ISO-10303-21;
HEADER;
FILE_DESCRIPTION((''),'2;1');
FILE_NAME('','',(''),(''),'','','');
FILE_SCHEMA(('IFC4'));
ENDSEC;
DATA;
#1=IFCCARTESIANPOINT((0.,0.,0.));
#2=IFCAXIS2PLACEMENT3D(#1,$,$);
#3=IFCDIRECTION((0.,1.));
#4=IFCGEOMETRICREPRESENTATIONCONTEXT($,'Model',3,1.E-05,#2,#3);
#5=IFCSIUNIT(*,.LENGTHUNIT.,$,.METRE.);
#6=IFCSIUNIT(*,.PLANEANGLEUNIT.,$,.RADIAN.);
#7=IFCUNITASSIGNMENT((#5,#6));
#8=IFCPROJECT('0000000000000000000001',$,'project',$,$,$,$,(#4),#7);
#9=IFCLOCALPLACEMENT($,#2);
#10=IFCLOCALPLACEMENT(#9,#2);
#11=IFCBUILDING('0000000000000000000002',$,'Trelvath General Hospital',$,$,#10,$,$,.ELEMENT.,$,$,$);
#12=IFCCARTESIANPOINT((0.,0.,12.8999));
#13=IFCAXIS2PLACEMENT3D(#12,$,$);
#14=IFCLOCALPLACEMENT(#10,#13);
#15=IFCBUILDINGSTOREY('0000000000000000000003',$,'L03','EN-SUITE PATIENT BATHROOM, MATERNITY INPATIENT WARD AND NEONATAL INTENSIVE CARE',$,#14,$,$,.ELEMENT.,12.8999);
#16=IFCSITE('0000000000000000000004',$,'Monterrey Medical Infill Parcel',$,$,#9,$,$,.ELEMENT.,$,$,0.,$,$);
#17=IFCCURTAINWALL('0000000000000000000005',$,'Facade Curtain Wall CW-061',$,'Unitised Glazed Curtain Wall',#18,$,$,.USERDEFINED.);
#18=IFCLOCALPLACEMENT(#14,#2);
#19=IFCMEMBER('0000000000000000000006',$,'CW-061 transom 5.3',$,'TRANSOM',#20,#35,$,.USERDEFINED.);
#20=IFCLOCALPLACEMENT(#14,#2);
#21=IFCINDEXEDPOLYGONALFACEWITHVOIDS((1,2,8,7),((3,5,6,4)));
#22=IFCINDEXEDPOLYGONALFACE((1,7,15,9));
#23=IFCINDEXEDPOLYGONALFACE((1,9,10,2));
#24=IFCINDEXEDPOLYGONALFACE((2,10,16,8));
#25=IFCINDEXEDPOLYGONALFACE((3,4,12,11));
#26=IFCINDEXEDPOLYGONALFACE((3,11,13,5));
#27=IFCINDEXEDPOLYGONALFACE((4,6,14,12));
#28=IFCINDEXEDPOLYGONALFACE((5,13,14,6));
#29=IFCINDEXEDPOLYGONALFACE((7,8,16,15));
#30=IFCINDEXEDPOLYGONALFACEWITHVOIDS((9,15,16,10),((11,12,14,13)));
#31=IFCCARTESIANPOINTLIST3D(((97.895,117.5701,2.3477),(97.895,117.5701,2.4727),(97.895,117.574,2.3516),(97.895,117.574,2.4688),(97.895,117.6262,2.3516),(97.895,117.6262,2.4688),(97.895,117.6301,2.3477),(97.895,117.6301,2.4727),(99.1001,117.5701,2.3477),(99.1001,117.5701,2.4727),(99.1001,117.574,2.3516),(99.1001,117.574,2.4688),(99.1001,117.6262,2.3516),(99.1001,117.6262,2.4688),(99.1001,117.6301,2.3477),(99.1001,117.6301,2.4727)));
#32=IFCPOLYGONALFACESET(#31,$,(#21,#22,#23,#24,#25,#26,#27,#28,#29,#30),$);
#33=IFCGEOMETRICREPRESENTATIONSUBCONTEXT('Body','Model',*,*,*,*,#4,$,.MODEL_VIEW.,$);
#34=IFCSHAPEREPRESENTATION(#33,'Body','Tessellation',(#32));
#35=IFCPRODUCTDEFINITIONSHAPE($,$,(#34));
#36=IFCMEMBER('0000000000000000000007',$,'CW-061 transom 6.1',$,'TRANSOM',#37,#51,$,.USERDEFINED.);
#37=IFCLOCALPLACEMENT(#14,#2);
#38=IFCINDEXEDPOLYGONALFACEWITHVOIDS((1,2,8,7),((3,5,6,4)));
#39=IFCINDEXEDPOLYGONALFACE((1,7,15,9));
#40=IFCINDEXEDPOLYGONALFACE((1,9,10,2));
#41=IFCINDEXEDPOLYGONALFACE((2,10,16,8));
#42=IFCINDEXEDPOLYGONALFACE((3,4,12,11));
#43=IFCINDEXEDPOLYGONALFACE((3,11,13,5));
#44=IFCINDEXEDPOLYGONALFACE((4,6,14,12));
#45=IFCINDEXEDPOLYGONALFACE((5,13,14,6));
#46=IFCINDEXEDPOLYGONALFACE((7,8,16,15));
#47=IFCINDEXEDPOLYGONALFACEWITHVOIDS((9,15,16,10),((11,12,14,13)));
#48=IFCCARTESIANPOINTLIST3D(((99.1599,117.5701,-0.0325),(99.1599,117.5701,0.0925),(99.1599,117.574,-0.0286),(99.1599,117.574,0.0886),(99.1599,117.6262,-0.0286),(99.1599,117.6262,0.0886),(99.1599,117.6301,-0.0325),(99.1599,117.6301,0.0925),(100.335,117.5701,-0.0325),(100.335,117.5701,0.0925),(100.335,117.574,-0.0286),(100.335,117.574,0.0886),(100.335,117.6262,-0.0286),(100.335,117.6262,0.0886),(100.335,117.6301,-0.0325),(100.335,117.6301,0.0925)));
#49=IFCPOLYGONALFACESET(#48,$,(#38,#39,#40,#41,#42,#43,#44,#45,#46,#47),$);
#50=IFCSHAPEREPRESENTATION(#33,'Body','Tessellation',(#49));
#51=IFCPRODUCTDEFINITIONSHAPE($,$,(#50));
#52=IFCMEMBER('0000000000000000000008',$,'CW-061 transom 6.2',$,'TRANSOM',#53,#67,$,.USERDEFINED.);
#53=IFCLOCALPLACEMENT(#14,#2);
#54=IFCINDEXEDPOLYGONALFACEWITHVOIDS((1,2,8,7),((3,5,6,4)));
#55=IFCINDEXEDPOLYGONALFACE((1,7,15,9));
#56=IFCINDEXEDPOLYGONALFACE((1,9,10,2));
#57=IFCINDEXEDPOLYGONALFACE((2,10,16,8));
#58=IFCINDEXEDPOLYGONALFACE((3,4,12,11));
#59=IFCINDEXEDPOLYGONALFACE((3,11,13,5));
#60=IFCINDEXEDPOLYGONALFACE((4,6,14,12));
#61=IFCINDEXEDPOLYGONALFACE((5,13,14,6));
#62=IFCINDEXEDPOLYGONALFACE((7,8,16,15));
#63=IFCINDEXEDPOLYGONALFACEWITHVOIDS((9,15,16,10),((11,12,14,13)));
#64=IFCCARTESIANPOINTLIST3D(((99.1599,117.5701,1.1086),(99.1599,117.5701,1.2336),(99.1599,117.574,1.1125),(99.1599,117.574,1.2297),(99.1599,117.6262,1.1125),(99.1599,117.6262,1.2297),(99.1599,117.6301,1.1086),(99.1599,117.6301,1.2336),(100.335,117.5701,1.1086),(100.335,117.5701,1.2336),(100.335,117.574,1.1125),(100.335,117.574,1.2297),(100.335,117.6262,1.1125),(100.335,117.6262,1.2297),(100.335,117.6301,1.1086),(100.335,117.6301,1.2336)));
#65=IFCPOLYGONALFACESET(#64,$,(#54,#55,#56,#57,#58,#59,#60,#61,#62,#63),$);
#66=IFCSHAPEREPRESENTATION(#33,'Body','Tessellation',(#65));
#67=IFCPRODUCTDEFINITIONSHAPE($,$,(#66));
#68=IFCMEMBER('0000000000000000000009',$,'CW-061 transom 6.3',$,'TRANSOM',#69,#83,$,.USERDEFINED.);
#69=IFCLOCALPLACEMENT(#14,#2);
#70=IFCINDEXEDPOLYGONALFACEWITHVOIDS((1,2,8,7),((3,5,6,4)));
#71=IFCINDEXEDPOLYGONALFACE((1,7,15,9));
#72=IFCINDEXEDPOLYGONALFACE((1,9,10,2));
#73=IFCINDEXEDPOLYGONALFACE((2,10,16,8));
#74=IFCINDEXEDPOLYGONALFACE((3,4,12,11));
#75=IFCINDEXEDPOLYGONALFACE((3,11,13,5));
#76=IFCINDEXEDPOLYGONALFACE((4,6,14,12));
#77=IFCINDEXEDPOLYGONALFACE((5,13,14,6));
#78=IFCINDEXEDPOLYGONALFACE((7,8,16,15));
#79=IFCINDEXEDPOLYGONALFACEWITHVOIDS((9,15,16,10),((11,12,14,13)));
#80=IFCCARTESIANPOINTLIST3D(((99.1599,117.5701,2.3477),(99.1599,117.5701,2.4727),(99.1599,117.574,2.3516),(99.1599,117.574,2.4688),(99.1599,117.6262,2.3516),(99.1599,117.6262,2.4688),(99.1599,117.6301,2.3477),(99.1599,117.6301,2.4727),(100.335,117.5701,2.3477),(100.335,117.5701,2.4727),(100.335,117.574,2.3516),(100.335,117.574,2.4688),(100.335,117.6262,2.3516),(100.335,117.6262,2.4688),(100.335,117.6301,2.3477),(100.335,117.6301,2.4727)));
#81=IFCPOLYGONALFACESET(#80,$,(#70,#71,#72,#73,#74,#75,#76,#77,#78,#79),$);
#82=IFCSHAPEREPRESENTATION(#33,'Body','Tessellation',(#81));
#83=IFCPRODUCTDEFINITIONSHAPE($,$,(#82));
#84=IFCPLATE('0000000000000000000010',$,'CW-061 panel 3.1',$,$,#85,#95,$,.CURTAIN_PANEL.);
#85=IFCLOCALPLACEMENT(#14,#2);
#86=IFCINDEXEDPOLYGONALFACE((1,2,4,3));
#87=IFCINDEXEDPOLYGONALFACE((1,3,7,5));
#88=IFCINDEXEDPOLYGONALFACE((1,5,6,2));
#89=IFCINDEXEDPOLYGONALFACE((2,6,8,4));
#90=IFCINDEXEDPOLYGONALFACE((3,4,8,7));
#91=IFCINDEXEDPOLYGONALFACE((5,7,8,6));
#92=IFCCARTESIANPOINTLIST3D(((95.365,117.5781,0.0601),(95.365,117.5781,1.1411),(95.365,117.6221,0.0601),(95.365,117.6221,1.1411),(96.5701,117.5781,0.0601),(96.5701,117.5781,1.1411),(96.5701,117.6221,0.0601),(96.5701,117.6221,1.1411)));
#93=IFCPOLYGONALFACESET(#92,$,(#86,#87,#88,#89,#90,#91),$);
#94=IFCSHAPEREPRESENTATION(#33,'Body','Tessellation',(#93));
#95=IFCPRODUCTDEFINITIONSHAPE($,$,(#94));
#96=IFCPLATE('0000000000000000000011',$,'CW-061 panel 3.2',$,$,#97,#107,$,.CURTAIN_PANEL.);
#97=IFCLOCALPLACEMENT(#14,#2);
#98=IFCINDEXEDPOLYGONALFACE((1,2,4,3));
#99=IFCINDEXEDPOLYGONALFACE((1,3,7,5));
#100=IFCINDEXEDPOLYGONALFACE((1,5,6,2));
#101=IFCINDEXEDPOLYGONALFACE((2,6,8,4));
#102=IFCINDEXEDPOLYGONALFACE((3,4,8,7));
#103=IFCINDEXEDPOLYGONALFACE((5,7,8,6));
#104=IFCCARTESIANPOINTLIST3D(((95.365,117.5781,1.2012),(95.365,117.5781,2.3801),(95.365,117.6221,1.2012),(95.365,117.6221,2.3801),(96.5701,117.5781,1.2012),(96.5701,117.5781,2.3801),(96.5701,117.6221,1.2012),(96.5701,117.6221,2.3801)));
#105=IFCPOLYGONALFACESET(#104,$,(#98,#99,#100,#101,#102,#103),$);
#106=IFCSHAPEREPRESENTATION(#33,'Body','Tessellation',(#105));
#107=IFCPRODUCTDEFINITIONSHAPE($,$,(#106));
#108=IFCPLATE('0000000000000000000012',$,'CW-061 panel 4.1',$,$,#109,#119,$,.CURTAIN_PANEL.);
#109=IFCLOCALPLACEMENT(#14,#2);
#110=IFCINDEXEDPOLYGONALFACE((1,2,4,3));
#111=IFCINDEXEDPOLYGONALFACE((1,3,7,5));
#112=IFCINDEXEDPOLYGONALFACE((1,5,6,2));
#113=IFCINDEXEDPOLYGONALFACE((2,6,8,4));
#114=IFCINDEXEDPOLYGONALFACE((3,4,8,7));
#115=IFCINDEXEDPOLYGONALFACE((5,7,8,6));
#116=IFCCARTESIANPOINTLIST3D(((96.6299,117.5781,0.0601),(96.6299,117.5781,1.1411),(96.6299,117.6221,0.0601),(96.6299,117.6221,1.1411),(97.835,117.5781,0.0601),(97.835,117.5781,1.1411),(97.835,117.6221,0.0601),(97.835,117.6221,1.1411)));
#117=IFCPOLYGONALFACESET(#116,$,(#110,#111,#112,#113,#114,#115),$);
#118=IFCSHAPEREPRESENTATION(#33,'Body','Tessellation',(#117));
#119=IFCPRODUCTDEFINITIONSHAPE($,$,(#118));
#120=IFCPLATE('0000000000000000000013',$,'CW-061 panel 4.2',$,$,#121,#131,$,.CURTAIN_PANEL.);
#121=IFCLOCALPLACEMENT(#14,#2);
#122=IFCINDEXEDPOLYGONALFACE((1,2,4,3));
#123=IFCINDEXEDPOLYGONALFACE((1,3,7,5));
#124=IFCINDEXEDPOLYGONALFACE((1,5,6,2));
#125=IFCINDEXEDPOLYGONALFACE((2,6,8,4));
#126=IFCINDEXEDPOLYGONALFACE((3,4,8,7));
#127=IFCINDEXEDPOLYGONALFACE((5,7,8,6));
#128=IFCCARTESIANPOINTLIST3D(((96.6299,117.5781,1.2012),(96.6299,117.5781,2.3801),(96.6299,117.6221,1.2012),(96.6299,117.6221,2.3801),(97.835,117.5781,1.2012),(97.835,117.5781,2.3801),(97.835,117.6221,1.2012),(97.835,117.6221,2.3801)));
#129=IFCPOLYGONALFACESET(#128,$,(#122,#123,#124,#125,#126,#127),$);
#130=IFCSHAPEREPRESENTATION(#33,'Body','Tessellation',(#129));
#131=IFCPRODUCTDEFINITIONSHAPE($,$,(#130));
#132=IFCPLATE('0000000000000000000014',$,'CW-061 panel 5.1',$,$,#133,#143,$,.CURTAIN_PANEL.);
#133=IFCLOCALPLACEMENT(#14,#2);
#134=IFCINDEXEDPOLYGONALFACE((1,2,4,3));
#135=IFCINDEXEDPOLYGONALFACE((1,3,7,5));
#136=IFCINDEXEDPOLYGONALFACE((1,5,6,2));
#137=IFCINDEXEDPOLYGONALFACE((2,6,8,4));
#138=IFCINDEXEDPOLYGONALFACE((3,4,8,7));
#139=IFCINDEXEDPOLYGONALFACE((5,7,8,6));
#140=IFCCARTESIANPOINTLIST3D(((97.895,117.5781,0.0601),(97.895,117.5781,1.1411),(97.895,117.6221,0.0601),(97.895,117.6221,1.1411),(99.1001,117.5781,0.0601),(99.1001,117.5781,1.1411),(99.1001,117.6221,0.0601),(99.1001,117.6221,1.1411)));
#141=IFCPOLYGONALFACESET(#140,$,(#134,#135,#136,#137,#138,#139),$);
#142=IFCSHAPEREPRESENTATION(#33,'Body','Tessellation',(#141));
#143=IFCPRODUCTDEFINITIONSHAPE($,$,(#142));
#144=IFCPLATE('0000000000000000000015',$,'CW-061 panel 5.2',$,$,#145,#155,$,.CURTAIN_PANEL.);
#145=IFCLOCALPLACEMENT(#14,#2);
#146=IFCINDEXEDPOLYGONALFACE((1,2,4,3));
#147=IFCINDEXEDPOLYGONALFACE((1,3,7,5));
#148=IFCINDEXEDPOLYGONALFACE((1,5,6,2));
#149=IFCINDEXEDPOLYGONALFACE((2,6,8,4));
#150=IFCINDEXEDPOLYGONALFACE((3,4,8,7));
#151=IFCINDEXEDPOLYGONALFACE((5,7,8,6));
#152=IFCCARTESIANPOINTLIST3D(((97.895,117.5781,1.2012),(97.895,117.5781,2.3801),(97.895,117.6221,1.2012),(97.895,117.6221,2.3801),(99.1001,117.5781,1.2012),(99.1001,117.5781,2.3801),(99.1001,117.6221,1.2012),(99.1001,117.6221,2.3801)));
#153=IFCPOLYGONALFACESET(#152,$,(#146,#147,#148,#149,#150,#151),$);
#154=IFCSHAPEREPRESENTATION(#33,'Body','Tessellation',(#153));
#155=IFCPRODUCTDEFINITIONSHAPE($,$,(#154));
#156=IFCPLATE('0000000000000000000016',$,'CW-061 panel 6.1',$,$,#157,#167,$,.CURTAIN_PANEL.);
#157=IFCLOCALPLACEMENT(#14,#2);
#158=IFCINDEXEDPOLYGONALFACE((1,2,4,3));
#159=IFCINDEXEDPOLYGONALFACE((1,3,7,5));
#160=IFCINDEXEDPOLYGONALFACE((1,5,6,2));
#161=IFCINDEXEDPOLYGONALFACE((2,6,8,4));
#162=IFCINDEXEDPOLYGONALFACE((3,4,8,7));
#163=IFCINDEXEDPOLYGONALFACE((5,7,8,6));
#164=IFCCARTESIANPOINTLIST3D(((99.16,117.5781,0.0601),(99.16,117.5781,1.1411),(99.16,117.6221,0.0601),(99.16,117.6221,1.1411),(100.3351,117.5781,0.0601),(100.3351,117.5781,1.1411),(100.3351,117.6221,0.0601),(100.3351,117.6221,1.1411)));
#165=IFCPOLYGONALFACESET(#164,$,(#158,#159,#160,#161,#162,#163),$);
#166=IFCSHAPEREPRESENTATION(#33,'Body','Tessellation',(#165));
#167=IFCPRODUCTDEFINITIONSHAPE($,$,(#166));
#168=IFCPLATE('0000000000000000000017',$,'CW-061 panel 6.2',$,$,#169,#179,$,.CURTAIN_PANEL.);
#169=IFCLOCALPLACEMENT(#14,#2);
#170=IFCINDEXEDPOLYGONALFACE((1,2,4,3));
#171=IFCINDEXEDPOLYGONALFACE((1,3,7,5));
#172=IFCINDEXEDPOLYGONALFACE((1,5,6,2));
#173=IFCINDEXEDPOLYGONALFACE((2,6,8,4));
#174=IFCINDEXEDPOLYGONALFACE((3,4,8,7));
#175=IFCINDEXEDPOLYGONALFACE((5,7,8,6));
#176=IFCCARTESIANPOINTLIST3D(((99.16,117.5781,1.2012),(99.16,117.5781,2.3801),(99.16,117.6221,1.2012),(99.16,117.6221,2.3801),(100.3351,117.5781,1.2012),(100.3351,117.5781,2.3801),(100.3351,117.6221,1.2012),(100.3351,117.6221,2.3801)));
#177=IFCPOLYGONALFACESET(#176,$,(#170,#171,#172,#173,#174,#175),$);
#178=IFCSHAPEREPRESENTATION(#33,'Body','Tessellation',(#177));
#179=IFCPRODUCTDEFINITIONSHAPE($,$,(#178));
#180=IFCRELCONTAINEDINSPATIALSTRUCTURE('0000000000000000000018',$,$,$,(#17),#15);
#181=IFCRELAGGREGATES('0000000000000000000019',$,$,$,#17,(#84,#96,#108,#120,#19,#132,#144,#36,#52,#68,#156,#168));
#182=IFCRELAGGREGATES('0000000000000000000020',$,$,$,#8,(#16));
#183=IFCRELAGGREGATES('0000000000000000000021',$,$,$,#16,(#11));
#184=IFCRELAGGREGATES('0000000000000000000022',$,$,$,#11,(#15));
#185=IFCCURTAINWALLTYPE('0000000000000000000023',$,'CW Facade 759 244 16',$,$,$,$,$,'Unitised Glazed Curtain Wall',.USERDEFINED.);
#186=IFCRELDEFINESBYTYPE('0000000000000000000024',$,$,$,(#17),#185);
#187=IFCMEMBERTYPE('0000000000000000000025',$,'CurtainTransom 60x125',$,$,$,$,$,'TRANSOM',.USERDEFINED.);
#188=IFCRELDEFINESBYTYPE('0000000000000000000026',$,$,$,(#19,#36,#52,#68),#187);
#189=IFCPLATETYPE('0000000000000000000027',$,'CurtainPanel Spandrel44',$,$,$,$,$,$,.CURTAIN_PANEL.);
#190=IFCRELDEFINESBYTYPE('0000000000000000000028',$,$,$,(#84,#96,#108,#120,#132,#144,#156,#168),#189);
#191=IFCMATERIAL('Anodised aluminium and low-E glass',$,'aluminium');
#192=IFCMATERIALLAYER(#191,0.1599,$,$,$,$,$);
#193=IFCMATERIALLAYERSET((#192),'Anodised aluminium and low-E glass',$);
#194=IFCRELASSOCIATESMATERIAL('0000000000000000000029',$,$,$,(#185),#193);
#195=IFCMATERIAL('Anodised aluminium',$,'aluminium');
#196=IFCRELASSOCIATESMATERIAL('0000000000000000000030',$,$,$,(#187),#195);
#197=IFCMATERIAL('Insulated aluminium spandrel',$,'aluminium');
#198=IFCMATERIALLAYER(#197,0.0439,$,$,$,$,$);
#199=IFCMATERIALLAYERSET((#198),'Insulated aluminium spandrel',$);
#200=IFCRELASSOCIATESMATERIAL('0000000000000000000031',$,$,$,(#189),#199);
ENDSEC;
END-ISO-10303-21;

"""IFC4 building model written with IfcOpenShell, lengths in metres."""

from ifc_helpers import new_model, si_unit, direction, frame, origin, origin_2d, place, context, subcontext, project, spatial, rectangle, hollow_rectangle, extrude, material, layer, layer_set, material_profile, profile_set, type_object, element, aggregate, save


model = new_model("IFC4")

# Units and contexts
model_context = context("Model", 3, precision=1e-05, world=origin(), true_north=direction((0.0, 1.0)))
body_context = subcontext(model_context, "Body", "Model", "MODEL_VIEW")
ifc_project = project(units=[si_unit("LENGTHUNIT", "METRE"), si_unit("PLANEANGLEUNIT", "RADIAN")], contexts=[model_context])

# Site, building, storey
site_placement = place(None, origin())
site = spatial("IfcSite", under=ifc_project, at=site_placement, Name="Monterrey Medical Infill Parcel", CompositionType="ELEMENT", RefElevation=0.0)
building_placement = place(site_placement, origin())
building = spatial("IfcBuilding", under=site, at=building_placement, Name="Trelvath General Hospital", CompositionType="ELEMENT")
storey_placement = place(building_placement, frame((0.0, 0.0, 12.8999)))
storey = spatial("IfcBuildingStorey", under=building, at=storey_placement, Name="L03", Description="EN-SUITE PATIENT BATHROOM, MATERNITY INPATIENT WARD AND NEONATAL INTENSIVE CARE", CompositionType="ELEMENT", Elevation=12.8999)

# Curtain wall, members, plates
ifc_material_1 = material(Name="Anodised aluminium and low-E glass", Category="aluminium")
ifc_layer_1 = layer(ifc_material_1, 0.1599)
ifc_layer_set_1 = layer_set([ifc_layer_1], Name="Anodised aluminium and low-E glass")
curtain_wall_type = type_object("IfcCurtainWallType", Name="CW Facade 759 244 16", ElementType="Unitised Glazed Curtain Wall", PredefinedType="USERDEFINED", material=ifc_layer_set_1)
curtain_wall_placement = place(storey_placement, origin())
curtain_wall = element("IfcCurtainWall", 1, at=curtain_wall_placement, inside=storey, type_object=curtain_wall_type, Name="Facade Curtain Wall CW-061", ObjectType="Unitised Glazed Curtain Wall", PredefinedType="USERDEFINED")
ifc_material_2 = material(Name="Anodised aluminium", Category="aluminium")
ifc_material_profile_1 = material_profile(ifc_material_2, hollow_rectangle(XDim=0.0601, YDim=0.125, WallThickness=0.0039, at=origin_2d()), Name="RHS60x125x4")
ifc_profile_set_1 = profile_set([ifc_material_profile_1], Name="Anodised aluminium")
member_type_1 = type_object("IfcMemberType", Name="CurtainTransom 60x125", ElementType="TRANSOM", PredefinedType="USERDEFINED", material=ifc_profile_set_1)
member_1_placement = place(storey_placement, frame((97.895, 117.6001, 2.4102), z_axis=(1.0, 0.0, 0.0), x_axis=(0.0, 1.0, 0.0)))
member_1 = element("IfcMember", 2, at=member_1_placement, type_object=member_type_1, Name="CW-061 transom 5.3", ObjectType="TRANSOM", PredefinedType="USERDEFINED", context=body_context, shape_type="SweptSolid", body=[
    extrude(hollow_rectangle(XDim=0.0601, YDim=0.125, WallThickness=0.0039, at=origin_2d()), origin(), (0.0, 0.0, 1.0), 1.2051),
])
member_2_placement = place(storey_placement, frame((99.1599, 117.6001, 0.03), z_axis=(1.0, 0.0, 0.0), x_axis=(0.0, 1.0, 0.0)))
member_2 = element("IfcMember", 3, at=member_2_placement, type_object=member_type_1, Name="CW-061 transom 6.1", ObjectType="TRANSOM", PredefinedType="USERDEFINED", context=body_context, shape_type="SweptSolid", body=[
    extrude(hollow_rectangle(XDim=0.0601, YDim=0.125, WallThickness=0.0039, at=origin_2d()), origin(), (0.0, 0.0, 1.0), 1.175),
])
member_3_placement = place(storey_placement, frame((99.1599, 117.6001, 1.1711), z_axis=(1.0, 0.0, 0.0), x_axis=(0.0, 1.0, 0.0)))
member_3 = element("IfcMember", 4, at=member_3_placement, type_object=member_type_1, Name="CW-061 transom 6.2", ObjectType="TRANSOM", PredefinedType="USERDEFINED", context=body_context, shape_type="SweptSolid", body=[
    extrude(hollow_rectangle(XDim=0.0601, YDim=0.125, WallThickness=0.0039, at=origin_2d()), origin(), (0.0, 0.0, 1.0), 1.175),
])
member_4_placement = place(storey_placement, frame((99.1599, 117.6001, 2.4102), z_axis=(1.0, 0.0, 0.0), x_axis=(0.0, 1.0, 0.0)))
member_4 = element("IfcMember", 5, at=member_4_placement, type_object=member_type_1, Name="CW-061 transom 6.3", ObjectType="TRANSOM", PredefinedType="USERDEFINED", context=body_context, shape_type="SweptSolid", body=[
    extrude(hollow_rectangle(XDim=0.0601, YDim=0.125, WallThickness=0.0039, at=origin_2d()), origin(), (0.0, 0.0, 1.0), 1.175),
])
ifc_material_3 = material(Name="Insulated aluminium spandrel", Category="aluminium")
ifc_layer_2 = layer(ifc_material_3, 0.0439)
ifc_layer_set_2 = layer_set([ifc_layer_2], Name="Insulated aluminium spandrel")
plate_type = type_object("IfcPlateType", Name="CurtainPanel Spandrel44", PredefinedType="CURTAIN_PANEL", material=ifc_layer_set_2)
plate_1_placement = place(storey_placement, frame((95.9675, 117.6001, 0.0601), z_axis=(0.0, 0.0, 1.0), x_axis=(1.0, 0.0, 0.0)))
plate_1 = element("IfcPlate", 6, at=plate_1_placement, type_object=plate_type, Name="CW-061 panel 3.1", PredefinedType="CURTAIN_PANEL", context=body_context, shape_type="SweptSolid", body=[
    extrude(rectangle(XDim=1.2051, YDim=0.0439, at=origin_2d()), origin(), (0.0, 0.0, 1.0), 1.0811),
])
plate_2_placement = place(storey_placement, frame((95.9675, 117.6001, 1.2012), z_axis=(0.0, 0.0, 1.0), x_axis=(1.0, 0.0, 0.0)))
plate_2 = element("IfcPlate", 7, at=plate_2_placement, type_object=plate_type, Name="CW-061 panel 3.2", PredefinedType="CURTAIN_PANEL", context=body_context, shape_type="SweptSolid", body=[
    extrude(rectangle(XDim=1.2051, YDim=0.0439, at=origin_2d()), origin(), (0.0, 0.0, 1.0), 1.179),
])
plate_3_placement = place(storey_placement, frame((97.2324, 117.6001, 0.0601), z_axis=(0.0, 0.0, 1.0), x_axis=(1.0, 0.0, 0.0)))
plate_3 = element("IfcPlate", 8, at=plate_3_placement, type_object=plate_type, Name="CW-061 panel 4.1", PredefinedType="CURTAIN_PANEL", context=body_context, shape_type="SweptSolid", body=[
    extrude(rectangle(XDim=1.2051, YDim=0.0439, at=origin_2d()), origin(), (0.0, 0.0, 1.0), 1.0811),
])
plate_4_placement = place(storey_placement, frame((97.2324, 117.6001, 1.2012), z_axis=(0.0, 0.0, 1.0), x_axis=(1.0, 0.0, 0.0)))
plate_4 = element("IfcPlate", 9, at=plate_4_placement, type_object=plate_type, Name="CW-061 panel 4.2", PredefinedType="CURTAIN_PANEL", context=body_context, shape_type="SweptSolid", body=[
    extrude(rectangle(XDim=1.2051, YDim=0.0439, at=origin_2d()), origin(), (0.0, 0.0, 1.0), 1.179),
])
plate_5_placement = place(storey_placement, frame((98.4976, 117.6001, 0.0601), z_axis=(0.0, 0.0, 1.0), x_axis=(1.0, 0.0, 0.0)))
plate_5 = element("IfcPlate", 10, at=plate_5_placement, type_object=plate_type, Name="CW-061 panel 5.1", PredefinedType="CURTAIN_PANEL", context=body_context, shape_type="SweptSolid", body=[
    extrude(rectangle(XDim=1.2051, YDim=0.0439, at=origin_2d()), origin(), (0.0, 0.0, 1.0), 1.0811),
])
plate_6_placement = place(storey_placement, frame((98.4976, 117.6001, 1.2012), z_axis=(0.0, 0.0, 1.0), x_axis=(1.0, 0.0, 0.0)))
plate_6 = element("IfcPlate", 11, at=plate_6_placement, type_object=plate_type, Name="CW-061 panel 5.2", PredefinedType="CURTAIN_PANEL", context=body_context, shape_type="SweptSolid", body=[
    extrude(rectangle(XDim=1.2051, YDim=0.0439, at=origin_2d()), origin(), (0.0, 0.0, 1.0), 1.179),
])
plate_7_placement = place(storey_placement, frame((99.7476, 117.6001, 0.0601), z_axis=(0.0, 0.0, 1.0), x_axis=(1.0, 0.0, 0.0)))
plate_7 = element("IfcPlate", 12, at=plate_7_placement, type_object=plate_type, Name="CW-061 panel 6.1", PredefinedType="CURTAIN_PANEL", context=body_context, shape_type="SweptSolid", body=[
    extrude(rectangle(XDim=1.175, YDim=0.0439, at=origin_2d()), origin(), (0.0, 0.0, 1.0), 1.0811),
])
plate_8_placement = place(storey_placement, frame((99.7476, 117.6001, 1.2012), z_axis=(0.0, 0.0, 1.0), x_axis=(1.0, 0.0, 0.0)))
plate_8 = element("IfcPlate", 13, at=plate_8_placement, type_object=plate_type, Name="CW-061 panel 6.2", PredefinedType="CURTAIN_PANEL", context=body_context, shape_type="SweptSolid", body=[
    extrude(rectangle(XDim=1.175, YDim=0.0439, at=origin_2d()), origin(), (0.0, 0.0, 1.0), 1.179),
])
aggregate(curtain_wall, [plate_1, plate_2, plate_3, plate_4, member_1, plate_5, plate_6, member_2, member_3, member_4, plate_7, plate_8])

save(model, "model.ifc")
